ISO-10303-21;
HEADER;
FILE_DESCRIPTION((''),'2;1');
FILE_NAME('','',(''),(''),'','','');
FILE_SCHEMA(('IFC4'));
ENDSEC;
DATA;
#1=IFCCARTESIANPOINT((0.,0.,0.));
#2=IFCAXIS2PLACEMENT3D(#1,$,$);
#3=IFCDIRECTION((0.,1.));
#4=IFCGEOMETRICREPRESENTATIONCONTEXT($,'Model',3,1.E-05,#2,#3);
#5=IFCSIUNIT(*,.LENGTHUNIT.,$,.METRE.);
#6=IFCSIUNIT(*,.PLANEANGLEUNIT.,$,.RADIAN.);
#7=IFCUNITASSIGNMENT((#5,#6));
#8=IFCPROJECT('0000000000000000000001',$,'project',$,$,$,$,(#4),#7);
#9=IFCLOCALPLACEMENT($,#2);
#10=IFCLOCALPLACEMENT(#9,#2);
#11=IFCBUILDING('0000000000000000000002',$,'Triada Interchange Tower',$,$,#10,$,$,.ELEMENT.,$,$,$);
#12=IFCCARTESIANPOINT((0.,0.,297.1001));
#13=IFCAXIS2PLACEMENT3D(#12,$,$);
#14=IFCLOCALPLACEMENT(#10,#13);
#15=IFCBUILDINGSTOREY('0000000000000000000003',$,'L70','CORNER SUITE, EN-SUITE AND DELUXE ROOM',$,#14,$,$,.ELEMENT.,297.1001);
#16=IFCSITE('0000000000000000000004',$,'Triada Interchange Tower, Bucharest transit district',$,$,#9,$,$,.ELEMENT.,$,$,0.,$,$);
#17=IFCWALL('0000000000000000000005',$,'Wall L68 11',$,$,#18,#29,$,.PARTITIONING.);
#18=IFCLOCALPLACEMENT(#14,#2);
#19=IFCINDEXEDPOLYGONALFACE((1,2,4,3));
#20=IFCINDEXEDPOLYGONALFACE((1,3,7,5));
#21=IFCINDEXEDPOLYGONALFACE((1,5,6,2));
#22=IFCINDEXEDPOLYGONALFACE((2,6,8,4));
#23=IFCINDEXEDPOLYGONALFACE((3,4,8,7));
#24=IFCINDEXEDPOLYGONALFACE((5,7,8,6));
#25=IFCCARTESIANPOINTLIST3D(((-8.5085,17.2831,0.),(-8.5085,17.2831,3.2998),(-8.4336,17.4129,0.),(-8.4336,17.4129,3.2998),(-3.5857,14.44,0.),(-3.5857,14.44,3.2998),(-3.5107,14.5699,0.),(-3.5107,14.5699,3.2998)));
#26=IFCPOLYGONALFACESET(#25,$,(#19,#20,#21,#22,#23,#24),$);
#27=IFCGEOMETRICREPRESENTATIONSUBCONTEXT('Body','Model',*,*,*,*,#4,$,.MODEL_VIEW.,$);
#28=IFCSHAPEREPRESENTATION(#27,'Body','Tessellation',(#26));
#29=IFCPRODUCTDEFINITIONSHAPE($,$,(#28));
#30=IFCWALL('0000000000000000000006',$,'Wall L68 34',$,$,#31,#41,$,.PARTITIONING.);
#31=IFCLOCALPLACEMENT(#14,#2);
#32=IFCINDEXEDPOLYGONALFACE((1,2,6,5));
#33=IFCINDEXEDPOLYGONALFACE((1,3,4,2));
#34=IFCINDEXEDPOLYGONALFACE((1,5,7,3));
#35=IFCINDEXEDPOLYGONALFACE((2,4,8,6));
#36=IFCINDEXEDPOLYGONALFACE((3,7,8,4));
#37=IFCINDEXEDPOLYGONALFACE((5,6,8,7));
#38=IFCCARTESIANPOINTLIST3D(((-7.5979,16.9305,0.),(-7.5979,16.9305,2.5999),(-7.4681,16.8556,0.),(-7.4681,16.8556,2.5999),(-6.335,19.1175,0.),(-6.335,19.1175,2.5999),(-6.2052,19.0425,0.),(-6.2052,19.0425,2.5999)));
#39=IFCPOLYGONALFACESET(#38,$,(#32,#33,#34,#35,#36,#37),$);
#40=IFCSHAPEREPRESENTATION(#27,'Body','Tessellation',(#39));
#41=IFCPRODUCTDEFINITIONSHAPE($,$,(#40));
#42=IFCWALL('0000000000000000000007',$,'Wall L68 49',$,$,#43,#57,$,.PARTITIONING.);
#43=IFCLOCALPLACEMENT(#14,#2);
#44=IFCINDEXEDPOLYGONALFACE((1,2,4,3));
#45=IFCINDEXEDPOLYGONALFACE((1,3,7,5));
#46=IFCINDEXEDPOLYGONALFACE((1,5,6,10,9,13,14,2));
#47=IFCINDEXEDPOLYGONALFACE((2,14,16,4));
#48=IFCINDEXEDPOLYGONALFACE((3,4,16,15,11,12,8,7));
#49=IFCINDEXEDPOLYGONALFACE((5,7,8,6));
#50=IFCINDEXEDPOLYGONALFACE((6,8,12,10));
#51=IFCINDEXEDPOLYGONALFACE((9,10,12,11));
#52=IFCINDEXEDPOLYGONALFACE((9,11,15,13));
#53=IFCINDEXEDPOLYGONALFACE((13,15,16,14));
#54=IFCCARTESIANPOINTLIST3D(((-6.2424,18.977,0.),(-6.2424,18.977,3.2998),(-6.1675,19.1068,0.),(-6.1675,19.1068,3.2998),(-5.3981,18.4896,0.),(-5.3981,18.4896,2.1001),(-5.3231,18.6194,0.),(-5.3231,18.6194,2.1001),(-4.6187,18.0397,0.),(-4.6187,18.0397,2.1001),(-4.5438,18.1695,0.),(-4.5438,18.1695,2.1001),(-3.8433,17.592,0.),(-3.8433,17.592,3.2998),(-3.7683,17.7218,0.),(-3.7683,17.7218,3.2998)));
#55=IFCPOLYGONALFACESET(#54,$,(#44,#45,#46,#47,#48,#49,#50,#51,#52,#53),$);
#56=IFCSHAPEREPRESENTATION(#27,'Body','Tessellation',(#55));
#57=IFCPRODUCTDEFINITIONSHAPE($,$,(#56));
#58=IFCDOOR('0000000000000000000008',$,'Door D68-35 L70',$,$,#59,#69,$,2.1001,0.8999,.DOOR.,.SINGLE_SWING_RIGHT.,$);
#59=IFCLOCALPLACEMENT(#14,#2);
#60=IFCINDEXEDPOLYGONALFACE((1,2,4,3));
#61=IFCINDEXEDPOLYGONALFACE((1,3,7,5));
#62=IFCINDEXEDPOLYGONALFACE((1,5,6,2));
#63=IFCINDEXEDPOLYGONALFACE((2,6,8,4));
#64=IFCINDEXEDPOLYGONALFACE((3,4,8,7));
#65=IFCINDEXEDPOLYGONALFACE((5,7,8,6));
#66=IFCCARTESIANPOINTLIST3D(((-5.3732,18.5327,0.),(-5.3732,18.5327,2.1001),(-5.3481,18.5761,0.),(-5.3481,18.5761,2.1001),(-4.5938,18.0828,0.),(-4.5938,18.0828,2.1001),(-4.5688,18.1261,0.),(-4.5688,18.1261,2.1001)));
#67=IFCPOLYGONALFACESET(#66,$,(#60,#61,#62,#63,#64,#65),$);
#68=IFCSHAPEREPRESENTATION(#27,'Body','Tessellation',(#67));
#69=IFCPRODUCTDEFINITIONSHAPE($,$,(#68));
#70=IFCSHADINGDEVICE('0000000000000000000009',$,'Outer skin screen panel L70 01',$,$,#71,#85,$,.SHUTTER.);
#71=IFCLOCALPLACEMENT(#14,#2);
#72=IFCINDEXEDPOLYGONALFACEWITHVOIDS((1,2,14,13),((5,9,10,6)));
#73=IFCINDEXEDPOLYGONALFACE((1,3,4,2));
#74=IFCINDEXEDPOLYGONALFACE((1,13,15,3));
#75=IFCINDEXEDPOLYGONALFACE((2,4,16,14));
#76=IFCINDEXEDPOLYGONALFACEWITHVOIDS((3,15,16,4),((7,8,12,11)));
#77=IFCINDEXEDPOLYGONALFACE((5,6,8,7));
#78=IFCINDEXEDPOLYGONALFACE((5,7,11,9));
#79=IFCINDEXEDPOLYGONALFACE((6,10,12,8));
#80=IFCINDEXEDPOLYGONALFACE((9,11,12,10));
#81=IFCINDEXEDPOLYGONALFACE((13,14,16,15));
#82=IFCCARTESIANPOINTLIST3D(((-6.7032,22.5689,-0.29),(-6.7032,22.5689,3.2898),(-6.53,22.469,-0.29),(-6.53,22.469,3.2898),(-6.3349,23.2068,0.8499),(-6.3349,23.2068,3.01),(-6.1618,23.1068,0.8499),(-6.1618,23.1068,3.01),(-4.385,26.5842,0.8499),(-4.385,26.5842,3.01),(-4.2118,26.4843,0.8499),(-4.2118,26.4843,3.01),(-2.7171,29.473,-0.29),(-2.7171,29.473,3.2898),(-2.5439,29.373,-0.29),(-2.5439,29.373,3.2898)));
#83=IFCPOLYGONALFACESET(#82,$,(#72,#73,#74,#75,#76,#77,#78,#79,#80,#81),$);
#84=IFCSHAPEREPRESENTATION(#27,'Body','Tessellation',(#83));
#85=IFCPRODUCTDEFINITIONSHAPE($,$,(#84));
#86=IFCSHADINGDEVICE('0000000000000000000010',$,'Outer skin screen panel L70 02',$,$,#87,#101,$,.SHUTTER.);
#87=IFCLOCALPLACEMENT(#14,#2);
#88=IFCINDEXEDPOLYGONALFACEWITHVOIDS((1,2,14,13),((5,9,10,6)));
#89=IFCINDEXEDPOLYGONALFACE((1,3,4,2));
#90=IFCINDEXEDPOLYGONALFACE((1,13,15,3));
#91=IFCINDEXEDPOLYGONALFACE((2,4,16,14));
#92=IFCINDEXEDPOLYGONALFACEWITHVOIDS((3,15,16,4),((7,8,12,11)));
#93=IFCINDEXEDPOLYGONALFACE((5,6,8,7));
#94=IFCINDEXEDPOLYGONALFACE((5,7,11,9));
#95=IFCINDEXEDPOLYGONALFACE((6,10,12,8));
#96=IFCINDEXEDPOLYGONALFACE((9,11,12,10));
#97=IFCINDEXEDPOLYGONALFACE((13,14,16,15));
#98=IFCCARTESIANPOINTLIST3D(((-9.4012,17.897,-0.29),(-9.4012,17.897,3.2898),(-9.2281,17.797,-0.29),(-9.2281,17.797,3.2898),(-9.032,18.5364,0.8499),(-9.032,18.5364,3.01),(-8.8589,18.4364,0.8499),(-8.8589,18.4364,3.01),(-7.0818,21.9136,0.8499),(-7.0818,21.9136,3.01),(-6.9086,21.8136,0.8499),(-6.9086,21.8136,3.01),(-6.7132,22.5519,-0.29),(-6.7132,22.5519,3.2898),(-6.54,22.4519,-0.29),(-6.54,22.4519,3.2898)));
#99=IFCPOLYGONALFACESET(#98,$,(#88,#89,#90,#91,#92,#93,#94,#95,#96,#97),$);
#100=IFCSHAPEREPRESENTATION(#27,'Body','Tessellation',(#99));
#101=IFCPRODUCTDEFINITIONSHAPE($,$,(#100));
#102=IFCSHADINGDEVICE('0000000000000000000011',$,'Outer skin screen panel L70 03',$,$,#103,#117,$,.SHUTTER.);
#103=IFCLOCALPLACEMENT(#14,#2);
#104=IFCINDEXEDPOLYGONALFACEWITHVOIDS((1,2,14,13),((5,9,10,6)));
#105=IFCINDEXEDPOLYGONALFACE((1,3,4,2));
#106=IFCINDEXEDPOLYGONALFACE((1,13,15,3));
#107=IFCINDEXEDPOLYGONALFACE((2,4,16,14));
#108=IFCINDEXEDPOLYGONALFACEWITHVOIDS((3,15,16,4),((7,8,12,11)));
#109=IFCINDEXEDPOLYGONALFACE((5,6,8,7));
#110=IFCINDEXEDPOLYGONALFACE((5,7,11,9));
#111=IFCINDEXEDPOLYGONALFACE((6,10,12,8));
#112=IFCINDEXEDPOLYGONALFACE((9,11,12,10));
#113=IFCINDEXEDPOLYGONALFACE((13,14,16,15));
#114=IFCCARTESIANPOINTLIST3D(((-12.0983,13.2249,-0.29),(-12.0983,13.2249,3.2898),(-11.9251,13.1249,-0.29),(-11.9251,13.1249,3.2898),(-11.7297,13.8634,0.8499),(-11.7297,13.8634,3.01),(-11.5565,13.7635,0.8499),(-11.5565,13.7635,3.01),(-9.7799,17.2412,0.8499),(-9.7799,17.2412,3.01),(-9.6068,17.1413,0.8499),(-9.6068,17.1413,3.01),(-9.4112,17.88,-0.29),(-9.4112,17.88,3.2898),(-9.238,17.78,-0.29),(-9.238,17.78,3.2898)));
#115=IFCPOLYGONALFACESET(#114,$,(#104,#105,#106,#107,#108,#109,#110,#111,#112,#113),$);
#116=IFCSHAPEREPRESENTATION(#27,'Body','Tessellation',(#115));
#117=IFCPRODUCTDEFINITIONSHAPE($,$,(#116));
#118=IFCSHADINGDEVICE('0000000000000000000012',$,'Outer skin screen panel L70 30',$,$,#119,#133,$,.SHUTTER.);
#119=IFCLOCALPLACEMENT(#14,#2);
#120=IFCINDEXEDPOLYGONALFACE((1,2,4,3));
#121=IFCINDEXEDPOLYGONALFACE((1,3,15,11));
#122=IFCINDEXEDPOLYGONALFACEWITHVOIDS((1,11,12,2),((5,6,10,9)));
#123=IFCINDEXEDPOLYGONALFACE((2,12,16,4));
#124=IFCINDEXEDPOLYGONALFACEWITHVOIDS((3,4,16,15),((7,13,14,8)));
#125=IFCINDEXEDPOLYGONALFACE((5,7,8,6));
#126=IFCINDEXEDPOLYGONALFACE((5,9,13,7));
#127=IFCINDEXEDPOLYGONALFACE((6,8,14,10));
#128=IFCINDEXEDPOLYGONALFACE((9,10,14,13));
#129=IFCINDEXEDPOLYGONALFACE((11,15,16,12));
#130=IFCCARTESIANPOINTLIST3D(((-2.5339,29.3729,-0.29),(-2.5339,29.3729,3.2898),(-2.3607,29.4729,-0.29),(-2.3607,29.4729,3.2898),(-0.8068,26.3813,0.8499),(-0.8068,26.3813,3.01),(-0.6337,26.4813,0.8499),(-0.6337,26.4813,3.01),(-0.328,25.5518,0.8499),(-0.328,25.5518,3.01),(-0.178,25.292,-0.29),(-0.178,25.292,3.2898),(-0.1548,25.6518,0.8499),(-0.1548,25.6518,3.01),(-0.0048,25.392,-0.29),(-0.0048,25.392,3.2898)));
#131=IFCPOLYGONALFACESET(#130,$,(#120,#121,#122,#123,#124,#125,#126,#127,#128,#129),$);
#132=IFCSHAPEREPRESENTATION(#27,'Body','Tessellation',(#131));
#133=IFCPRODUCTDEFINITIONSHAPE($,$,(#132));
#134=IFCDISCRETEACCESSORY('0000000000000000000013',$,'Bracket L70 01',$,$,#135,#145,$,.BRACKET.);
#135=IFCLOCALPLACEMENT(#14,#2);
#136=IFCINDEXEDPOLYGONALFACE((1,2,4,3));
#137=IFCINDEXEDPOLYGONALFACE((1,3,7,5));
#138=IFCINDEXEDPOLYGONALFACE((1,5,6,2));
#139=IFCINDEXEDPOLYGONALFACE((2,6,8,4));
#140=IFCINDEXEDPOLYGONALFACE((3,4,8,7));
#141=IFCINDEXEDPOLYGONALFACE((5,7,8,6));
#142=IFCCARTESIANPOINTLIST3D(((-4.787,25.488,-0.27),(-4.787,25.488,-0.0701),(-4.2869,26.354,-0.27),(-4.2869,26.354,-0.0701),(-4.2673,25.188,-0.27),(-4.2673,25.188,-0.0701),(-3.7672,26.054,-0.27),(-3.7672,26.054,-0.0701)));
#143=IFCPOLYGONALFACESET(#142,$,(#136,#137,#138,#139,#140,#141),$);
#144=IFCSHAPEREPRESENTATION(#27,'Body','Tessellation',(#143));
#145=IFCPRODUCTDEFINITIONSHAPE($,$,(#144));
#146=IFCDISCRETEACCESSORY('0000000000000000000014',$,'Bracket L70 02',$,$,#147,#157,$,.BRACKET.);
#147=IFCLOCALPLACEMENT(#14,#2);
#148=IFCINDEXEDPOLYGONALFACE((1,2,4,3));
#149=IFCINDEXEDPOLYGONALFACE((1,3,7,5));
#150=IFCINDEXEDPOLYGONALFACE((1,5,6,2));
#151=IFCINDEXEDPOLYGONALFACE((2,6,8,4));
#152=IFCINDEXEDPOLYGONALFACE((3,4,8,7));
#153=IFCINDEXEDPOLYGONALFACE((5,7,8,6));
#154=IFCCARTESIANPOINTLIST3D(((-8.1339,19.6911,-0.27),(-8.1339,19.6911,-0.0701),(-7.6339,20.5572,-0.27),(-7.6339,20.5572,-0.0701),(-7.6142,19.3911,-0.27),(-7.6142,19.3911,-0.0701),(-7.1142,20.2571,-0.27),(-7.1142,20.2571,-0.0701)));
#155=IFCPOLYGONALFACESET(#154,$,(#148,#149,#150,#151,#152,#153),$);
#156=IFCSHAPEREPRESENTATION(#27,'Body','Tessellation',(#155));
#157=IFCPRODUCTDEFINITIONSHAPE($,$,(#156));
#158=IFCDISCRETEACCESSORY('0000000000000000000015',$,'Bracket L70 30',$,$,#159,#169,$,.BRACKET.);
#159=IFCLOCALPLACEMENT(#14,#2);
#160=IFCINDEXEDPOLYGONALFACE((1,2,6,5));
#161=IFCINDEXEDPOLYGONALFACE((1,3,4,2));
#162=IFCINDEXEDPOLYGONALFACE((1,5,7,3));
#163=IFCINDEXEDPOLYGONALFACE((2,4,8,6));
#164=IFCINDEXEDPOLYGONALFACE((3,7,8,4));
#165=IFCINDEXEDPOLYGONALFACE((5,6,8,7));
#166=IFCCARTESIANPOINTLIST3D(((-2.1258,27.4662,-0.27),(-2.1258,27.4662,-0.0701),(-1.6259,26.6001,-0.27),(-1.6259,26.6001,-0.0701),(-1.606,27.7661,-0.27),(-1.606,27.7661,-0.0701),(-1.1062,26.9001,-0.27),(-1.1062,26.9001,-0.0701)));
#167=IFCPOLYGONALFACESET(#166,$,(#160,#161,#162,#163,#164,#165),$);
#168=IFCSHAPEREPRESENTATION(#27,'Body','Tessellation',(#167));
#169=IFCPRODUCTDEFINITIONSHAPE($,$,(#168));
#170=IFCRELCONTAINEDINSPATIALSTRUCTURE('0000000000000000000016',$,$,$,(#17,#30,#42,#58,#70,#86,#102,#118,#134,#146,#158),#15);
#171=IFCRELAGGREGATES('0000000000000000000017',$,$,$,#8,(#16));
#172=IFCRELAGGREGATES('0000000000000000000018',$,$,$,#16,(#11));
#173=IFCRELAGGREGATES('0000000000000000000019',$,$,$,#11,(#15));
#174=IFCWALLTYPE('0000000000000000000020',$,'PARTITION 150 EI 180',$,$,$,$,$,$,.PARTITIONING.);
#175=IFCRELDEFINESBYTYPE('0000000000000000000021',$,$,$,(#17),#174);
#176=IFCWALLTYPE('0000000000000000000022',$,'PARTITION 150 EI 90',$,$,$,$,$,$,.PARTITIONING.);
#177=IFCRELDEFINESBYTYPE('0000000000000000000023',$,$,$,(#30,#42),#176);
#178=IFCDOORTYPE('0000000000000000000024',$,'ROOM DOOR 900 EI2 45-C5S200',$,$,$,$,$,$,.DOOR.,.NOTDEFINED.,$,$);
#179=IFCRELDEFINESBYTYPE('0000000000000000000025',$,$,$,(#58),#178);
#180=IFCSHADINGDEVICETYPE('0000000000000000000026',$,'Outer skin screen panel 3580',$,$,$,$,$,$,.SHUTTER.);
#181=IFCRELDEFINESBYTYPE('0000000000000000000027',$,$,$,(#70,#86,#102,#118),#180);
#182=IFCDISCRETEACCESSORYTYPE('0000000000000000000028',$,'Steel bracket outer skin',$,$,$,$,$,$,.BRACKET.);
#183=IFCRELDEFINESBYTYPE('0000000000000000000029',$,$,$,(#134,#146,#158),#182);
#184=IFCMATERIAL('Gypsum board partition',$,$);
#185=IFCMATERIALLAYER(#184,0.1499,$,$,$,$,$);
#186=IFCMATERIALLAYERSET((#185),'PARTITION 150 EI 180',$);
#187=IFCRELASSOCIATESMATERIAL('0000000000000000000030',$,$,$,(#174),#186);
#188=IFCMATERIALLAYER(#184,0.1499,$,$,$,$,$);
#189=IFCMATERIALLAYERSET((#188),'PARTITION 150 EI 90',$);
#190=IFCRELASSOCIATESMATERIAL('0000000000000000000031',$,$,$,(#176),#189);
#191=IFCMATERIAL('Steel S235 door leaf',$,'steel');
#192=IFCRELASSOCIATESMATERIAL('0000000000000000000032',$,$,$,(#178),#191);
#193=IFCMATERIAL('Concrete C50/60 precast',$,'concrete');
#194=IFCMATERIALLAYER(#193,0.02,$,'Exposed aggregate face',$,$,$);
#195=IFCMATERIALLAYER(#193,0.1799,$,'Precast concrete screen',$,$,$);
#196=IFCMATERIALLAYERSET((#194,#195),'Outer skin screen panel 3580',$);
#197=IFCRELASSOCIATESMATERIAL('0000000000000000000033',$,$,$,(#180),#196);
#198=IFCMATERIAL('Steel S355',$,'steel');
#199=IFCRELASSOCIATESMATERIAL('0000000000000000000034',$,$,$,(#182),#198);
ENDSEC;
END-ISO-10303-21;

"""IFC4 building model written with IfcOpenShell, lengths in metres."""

from ifc_helpers import new_model, si_unit, direction, frame, frame_2d, origin, origin_2d, place, context, subcontext, project, spatial, polyline, rectangle, outline, extrude, material, layer, layer_set, type_object, element, fill, save


model = new_model("IFC4")

# Units and contexts
model_context = context("Model", 3, precision=1e-05, world=origin(), true_north=direction((0.0, 1.0)))
body_context = subcontext(model_context, "Body", "Model", "MODEL_VIEW")
ifc_project = project(units=[si_unit("LENGTHUNIT", "METRE"), si_unit("PLANEANGLEUNIT", "RADIAN")], contexts=[model_context])

# Site, building, storey
site_placement = place(None, origin())
site = spatial("IfcSite", under=ifc_project, at=site_placement, Name="Triada Interchange Tower, Bucharest transit district", CompositionType="ELEMENT", RefElevation=0.0)
building_placement = place(site_placement, origin())
building = spatial("IfcBuilding", under=site, at=building_placement, Name="Triada Interchange Tower", CompositionType="ELEMENT")
storey_placement = place(building_placement, frame((0.0, 0.0, 297.1001)))
storey = spatial("IfcBuildingStorey", under=building, at=storey_placement, Name="L70", Description="CORNER SUITE, EN-SUITE AND DELUXE ROOM", CompositionType="ELEMENT", Elevation=297.1001)

# Walls
ifc_material_1 = material(Name="Gypsum board partition")
ifc_layer_1 = layer(ifc_material_1, 0.1499)
ifc_layer_set_1 = layer_set([ifc_layer_1], Name="PARTITION 150 EI 180")
wall_type_1 = type_object("IfcWallType", Name="PARTITION 150 EI 180", PredefinedType="PARTITIONING", material=ifc_layer_set_1)
wall_1_placement = place(storey_placement, frame((-8.4709, 17.3479, 0.0), z_axis=(0.0, 0.0, 1.0), x_axis=(0.865964, -0.500107, 0.0)))
element("IfcWall", 1, at=wall_1_placement, inside=storey, type_object=wall_type_1, Name="Wall L68 11", PredefinedType="PARTITIONING", context=body_context, shape_type="SweptSolid", body=[
    extrude(rectangle(XDim=5.6848, YDim=0.1499, at=frame_2d((2.8423, 0.0))), origin(), (0.0, 0.0, 1.0), 3.2998),
])
ifc_layer_2 = layer(ifc_material_1, 0.1499)
ifc_layer_set_2 = layer_set([ifc_layer_2], Name="PARTITION 150 EI 90")
wall_type_2 = type_object("IfcWallType", Name="PARTITION 150 EI 90", PredefinedType="PARTITIONING", material=ifc_layer_set_2)
wall_2_placement = place(storey_placement, frame((-7.533, 16.8931, 0.0), z_axis=(0.0, 0.0, 1.0), x_axis=(0.500079, 0.86598, 0.0)))
element("IfcWall", 2, at=wall_2_placement, inside=storey, type_object=wall_type_2, Name="Wall L68 34", PredefinedType="PARTITIONING", context=body_context, shape_type="SweptSolid", body=[
    extrude(rectangle(XDim=2.5254, YDim=0.1499, at=frame_2d((1.2627, 0.0))), origin(), (0.0, 0.0, 1.0), 2.5999),
])

# Wall, opening, door
wall_3_placement = place(storey_placement, frame((-6.2051, 19.042, 0.0), z_axis=(0.0, 0.0, 1.0), x_axis=(0.866049, -0.499959, 0.0)))
wall_3 = element("IfcWall", 3, at=wall_3_placement, inside=storey, type_object=wall_type_2, Name="Wall L68 49", PredefinedType="PARTITIONING", context=body_context, shape_type="SweptSolid", body=[
    extrude(rectangle(XDim=2.7703, YDim=0.1499, at=frame_2d((1.3853, 0.0))), origin(), (0.0, 0.0, 1.0), 3.2998),
])
opening_1_placement = place(wall_3_placement, frame((0.9751, 0.0, 0.0)))
opening_1 = element("IfcOpeningElement", 4, at=opening_1_placement, cuts=wall_3, PredefinedType="OPENING", context=body_context, shape_type="SweptSolid", body=[
    extrude(rectangle(XDim=0.8999, YDim=2.1001, at=frame_2d((0.45, 1.05))), frame((0.0, 0.085, 0.0), z_axis=(0.0, -1.0, 0.0), x_axis=(1.0, 0.0, 0.0)), (0.0, 0.0, 1.0), 0.1699),
])
ifc_material_2 = material(Name="Steel S235 door leaf", Category="steel")
door_type = type_object("IfcDoorType", Name="ROOM DOOR 900 EI2 45-C5S200", OperationType="NOTDEFINED", PredefinedType="DOOR", material=ifc_material_2)
door_placement = place(opening_1_placement, origin())
door = element("IfcDoor", 5, at=door_placement, inside=storey, type_object=door_type, Name="Door D68-35 L70", OperationType="SINGLE_SWING_RIGHT", OverallHeight=2.1001, OverallWidth=0.8999, PredefinedType="DOOR", context=body_context, shape_type="SweptSolid", body=[
    extrude(rectangle(XDim=0.8999, YDim=2.1001, at=frame_2d((0.45, 1.05))), frame((0.0, 0.0249, 0.0), z_axis=(0.0, -1.0, 0.0), x_axis=(1.0, 0.0, 0.0)), (0.0, 0.0, 1.0), 0.05),
])
fill(opening_1, door)

# Shading devices
ifc_material_3 = material(Name="Concrete C50/60 precast", Category="concrete")
ifc_layer_3 = layer(ifc_material_3, 0.02, Name="Exposed aggregate face")
ifc_layer_4 = layer(ifc_material_3, 0.1799, Name="Precast concrete screen")
ifc_layer_set_3 = layer_set([ifc_layer_3, ifc_layer_4], Name="Outer skin screen panel 3580")
shading_device_type = type_object("IfcShadingDeviceType", Name="Outer skin screen panel 3580", PredefinedType="SHUTTER", material=ifc_layer_set_3)
shading_device_1_placement = place(storey_placement, frame((-2.5439, 29.373, -0.29), z_axis=(0.0, 0.0, 1.0), x_axis=(-0.500003, -0.866024, 0.0)))
element("IfcShadingDevice", 6, at=shading_device_1_placement, inside=storey, type_object=shading_device_type, Name="Outer skin screen panel L70 01", PredefinedType="SHUTTER", context=body_context, shape_type="SweptSolid", body=[
    extrude(outline(polyline([(0.0, 0.0), (7.9722, 0.0), (7.9722, 3.5798), (0.0, 3.5798), (0.0, 0.0)]), holes=[polyline([(3.3357, 1.1399), (3.3357, 3.3), (7.2356, 3.3), (7.2356, 1.1399), (3.3357, 1.1399)])]), frame((0.0, 0.0, 0.0), z_axis=(0.0, -1.0, 0.0), x_axis=(1.0, 0.0, 0.0)), (0.0, 0.0, 1.0), 0.2),
])
shading_device_2_placement = place(storey_placement, frame((-6.54, 22.4519, -0.29), z_axis=(0.0, 0.0, 1.0), x_axis=(-0.500076, -0.865981, 0.0)))
element("IfcShadingDevice", 7, at=shading_device_2_placement, inside=storey, type_object=shading_device_type, Name="Outer skin screen panel L70 02", PredefinedType="SHUTTER", context=body_context, shape_type="SweptSolid", body=[
    extrude(outline(polyline([(0.0, 0.0), (5.3752, 0.0), (5.3752, 3.5798), (0.0, 3.5798), (0.0, 0.0)]), holes=[polyline([(0.7371, 1.1399), (0.7371, 3.3), (4.637, 3.3), (4.637, 1.1399), (0.7371, 1.1399)])]), frame((0.0, 0.0, 0.0), z_axis=(0.0, -1.0, 0.0), x_axis=(1.0, 0.0, 0.0)), (0.0, 0.0, 1.0), 0.2),
])
shading_device_3_placement = place(storey_placement, frame((-9.238, 17.78, -0.29), z_axis=(0.0, 0.0, 1.0), x_axis=(-0.49992, -0.866071, 0.0)))
element("IfcShadingDevice", 8, at=shading_device_3_placement, inside=storey, type_object=shading_device_type, Name="Outer skin screen panel L70 03", PredefinedType="SHUTTER", context=body_context, shape_type="SweptSolid", body=[
    extrude(outline(polyline([(0.0, 0.0), (5.375, 0.0), (5.375, 3.5798), (0.0, 3.5798), (0.0, 0.0)]), holes=[polyline([(0.7375, 1.1399), (0.7375, 3.3), (4.6377, 3.3), (4.6377, 1.1399), (0.7375, 1.1399)])]), frame((0.0, 0.0, 0.0), z_axis=(0.0, -1.0, 0.0), x_axis=(1.0, 0.0, 0.0)), (0.0, 0.0, 1.0), 0.2),
])
shading_device_4_placement = place(storey_placement, frame((-0.178, 25.292, -0.29), z_axis=(0.0, 0.0, 1.0), x_axis=(-0.499962, 0.866048, 0.0)))
element("IfcShadingDevice", 9, at=shading_device_4_placement, inside=storey, type_object=shading_device_type, Name="Outer skin screen panel L70 30", PredefinedType="SHUTTER", context=body_context, shape_type="SweptSolid", body=[
    extrude(outline(polyline([(0.0, 0.0), (4.7122, 0.0), (4.7122, 3.5798), (0.0, 3.5798), (0.0, 0.0)]), holes=[polyline([(0.3, 1.1399), (0.3, 3.3), (1.2578, 3.3), (1.2578, 1.1399), (0.3, 1.1399)])]), frame((0.0, 0.0, 0.0), z_axis=(0.0, -1.0, 0.0), x_axis=(1.0, 0.0, 0.0)), (0.0, 0.0, 1.0), 0.2),
])

# Discrete accessories
ifc_material_4 = material(Name="Steel S355", Category="steel")
discrete_accessory_type = type_object("IfcDiscreteAccessoryType", Name="Steel bracket outer skin", PredefinedType="BRACKET", material=ifc_material_4)
for number, where, z_axis, x_axis, name in (
    (10, (-4.2771, 25.771, -0.27), (0.0, 0.0, 1.0), (-0.866023, 0.500004, 0.0), "Bracket L70 01"),
    (11, (-7.624, 19.9741, -0.27), (0.0, 0.0, 1.0), (-0.866023, 0.500004, 0.0), "Bracket L70 02"),
    (12, (-1.616, 27.1831, -0.27), (0.0, 0.0, 1.0), (0.866091, 0.499887, 0.0), "Bracket L70 30"),
):
    element("IfcDiscreteAccessory", number, at=place(storey_placement, frame(where, z_axis=z_axis, x_axis=x_axis)), inside=storey, type_object=discrete_accessory_type, Name=name, PredefinedType="BRACKET", context=body_context, shape_type="SweptSolid", body=[
        extrude(rectangle(XDim=0.6001, YDim=1.0, at=origin_2d()), origin(), (0.0, 0.0, 1.0), 0.2),
    ])

save(model, "model.ifc")
